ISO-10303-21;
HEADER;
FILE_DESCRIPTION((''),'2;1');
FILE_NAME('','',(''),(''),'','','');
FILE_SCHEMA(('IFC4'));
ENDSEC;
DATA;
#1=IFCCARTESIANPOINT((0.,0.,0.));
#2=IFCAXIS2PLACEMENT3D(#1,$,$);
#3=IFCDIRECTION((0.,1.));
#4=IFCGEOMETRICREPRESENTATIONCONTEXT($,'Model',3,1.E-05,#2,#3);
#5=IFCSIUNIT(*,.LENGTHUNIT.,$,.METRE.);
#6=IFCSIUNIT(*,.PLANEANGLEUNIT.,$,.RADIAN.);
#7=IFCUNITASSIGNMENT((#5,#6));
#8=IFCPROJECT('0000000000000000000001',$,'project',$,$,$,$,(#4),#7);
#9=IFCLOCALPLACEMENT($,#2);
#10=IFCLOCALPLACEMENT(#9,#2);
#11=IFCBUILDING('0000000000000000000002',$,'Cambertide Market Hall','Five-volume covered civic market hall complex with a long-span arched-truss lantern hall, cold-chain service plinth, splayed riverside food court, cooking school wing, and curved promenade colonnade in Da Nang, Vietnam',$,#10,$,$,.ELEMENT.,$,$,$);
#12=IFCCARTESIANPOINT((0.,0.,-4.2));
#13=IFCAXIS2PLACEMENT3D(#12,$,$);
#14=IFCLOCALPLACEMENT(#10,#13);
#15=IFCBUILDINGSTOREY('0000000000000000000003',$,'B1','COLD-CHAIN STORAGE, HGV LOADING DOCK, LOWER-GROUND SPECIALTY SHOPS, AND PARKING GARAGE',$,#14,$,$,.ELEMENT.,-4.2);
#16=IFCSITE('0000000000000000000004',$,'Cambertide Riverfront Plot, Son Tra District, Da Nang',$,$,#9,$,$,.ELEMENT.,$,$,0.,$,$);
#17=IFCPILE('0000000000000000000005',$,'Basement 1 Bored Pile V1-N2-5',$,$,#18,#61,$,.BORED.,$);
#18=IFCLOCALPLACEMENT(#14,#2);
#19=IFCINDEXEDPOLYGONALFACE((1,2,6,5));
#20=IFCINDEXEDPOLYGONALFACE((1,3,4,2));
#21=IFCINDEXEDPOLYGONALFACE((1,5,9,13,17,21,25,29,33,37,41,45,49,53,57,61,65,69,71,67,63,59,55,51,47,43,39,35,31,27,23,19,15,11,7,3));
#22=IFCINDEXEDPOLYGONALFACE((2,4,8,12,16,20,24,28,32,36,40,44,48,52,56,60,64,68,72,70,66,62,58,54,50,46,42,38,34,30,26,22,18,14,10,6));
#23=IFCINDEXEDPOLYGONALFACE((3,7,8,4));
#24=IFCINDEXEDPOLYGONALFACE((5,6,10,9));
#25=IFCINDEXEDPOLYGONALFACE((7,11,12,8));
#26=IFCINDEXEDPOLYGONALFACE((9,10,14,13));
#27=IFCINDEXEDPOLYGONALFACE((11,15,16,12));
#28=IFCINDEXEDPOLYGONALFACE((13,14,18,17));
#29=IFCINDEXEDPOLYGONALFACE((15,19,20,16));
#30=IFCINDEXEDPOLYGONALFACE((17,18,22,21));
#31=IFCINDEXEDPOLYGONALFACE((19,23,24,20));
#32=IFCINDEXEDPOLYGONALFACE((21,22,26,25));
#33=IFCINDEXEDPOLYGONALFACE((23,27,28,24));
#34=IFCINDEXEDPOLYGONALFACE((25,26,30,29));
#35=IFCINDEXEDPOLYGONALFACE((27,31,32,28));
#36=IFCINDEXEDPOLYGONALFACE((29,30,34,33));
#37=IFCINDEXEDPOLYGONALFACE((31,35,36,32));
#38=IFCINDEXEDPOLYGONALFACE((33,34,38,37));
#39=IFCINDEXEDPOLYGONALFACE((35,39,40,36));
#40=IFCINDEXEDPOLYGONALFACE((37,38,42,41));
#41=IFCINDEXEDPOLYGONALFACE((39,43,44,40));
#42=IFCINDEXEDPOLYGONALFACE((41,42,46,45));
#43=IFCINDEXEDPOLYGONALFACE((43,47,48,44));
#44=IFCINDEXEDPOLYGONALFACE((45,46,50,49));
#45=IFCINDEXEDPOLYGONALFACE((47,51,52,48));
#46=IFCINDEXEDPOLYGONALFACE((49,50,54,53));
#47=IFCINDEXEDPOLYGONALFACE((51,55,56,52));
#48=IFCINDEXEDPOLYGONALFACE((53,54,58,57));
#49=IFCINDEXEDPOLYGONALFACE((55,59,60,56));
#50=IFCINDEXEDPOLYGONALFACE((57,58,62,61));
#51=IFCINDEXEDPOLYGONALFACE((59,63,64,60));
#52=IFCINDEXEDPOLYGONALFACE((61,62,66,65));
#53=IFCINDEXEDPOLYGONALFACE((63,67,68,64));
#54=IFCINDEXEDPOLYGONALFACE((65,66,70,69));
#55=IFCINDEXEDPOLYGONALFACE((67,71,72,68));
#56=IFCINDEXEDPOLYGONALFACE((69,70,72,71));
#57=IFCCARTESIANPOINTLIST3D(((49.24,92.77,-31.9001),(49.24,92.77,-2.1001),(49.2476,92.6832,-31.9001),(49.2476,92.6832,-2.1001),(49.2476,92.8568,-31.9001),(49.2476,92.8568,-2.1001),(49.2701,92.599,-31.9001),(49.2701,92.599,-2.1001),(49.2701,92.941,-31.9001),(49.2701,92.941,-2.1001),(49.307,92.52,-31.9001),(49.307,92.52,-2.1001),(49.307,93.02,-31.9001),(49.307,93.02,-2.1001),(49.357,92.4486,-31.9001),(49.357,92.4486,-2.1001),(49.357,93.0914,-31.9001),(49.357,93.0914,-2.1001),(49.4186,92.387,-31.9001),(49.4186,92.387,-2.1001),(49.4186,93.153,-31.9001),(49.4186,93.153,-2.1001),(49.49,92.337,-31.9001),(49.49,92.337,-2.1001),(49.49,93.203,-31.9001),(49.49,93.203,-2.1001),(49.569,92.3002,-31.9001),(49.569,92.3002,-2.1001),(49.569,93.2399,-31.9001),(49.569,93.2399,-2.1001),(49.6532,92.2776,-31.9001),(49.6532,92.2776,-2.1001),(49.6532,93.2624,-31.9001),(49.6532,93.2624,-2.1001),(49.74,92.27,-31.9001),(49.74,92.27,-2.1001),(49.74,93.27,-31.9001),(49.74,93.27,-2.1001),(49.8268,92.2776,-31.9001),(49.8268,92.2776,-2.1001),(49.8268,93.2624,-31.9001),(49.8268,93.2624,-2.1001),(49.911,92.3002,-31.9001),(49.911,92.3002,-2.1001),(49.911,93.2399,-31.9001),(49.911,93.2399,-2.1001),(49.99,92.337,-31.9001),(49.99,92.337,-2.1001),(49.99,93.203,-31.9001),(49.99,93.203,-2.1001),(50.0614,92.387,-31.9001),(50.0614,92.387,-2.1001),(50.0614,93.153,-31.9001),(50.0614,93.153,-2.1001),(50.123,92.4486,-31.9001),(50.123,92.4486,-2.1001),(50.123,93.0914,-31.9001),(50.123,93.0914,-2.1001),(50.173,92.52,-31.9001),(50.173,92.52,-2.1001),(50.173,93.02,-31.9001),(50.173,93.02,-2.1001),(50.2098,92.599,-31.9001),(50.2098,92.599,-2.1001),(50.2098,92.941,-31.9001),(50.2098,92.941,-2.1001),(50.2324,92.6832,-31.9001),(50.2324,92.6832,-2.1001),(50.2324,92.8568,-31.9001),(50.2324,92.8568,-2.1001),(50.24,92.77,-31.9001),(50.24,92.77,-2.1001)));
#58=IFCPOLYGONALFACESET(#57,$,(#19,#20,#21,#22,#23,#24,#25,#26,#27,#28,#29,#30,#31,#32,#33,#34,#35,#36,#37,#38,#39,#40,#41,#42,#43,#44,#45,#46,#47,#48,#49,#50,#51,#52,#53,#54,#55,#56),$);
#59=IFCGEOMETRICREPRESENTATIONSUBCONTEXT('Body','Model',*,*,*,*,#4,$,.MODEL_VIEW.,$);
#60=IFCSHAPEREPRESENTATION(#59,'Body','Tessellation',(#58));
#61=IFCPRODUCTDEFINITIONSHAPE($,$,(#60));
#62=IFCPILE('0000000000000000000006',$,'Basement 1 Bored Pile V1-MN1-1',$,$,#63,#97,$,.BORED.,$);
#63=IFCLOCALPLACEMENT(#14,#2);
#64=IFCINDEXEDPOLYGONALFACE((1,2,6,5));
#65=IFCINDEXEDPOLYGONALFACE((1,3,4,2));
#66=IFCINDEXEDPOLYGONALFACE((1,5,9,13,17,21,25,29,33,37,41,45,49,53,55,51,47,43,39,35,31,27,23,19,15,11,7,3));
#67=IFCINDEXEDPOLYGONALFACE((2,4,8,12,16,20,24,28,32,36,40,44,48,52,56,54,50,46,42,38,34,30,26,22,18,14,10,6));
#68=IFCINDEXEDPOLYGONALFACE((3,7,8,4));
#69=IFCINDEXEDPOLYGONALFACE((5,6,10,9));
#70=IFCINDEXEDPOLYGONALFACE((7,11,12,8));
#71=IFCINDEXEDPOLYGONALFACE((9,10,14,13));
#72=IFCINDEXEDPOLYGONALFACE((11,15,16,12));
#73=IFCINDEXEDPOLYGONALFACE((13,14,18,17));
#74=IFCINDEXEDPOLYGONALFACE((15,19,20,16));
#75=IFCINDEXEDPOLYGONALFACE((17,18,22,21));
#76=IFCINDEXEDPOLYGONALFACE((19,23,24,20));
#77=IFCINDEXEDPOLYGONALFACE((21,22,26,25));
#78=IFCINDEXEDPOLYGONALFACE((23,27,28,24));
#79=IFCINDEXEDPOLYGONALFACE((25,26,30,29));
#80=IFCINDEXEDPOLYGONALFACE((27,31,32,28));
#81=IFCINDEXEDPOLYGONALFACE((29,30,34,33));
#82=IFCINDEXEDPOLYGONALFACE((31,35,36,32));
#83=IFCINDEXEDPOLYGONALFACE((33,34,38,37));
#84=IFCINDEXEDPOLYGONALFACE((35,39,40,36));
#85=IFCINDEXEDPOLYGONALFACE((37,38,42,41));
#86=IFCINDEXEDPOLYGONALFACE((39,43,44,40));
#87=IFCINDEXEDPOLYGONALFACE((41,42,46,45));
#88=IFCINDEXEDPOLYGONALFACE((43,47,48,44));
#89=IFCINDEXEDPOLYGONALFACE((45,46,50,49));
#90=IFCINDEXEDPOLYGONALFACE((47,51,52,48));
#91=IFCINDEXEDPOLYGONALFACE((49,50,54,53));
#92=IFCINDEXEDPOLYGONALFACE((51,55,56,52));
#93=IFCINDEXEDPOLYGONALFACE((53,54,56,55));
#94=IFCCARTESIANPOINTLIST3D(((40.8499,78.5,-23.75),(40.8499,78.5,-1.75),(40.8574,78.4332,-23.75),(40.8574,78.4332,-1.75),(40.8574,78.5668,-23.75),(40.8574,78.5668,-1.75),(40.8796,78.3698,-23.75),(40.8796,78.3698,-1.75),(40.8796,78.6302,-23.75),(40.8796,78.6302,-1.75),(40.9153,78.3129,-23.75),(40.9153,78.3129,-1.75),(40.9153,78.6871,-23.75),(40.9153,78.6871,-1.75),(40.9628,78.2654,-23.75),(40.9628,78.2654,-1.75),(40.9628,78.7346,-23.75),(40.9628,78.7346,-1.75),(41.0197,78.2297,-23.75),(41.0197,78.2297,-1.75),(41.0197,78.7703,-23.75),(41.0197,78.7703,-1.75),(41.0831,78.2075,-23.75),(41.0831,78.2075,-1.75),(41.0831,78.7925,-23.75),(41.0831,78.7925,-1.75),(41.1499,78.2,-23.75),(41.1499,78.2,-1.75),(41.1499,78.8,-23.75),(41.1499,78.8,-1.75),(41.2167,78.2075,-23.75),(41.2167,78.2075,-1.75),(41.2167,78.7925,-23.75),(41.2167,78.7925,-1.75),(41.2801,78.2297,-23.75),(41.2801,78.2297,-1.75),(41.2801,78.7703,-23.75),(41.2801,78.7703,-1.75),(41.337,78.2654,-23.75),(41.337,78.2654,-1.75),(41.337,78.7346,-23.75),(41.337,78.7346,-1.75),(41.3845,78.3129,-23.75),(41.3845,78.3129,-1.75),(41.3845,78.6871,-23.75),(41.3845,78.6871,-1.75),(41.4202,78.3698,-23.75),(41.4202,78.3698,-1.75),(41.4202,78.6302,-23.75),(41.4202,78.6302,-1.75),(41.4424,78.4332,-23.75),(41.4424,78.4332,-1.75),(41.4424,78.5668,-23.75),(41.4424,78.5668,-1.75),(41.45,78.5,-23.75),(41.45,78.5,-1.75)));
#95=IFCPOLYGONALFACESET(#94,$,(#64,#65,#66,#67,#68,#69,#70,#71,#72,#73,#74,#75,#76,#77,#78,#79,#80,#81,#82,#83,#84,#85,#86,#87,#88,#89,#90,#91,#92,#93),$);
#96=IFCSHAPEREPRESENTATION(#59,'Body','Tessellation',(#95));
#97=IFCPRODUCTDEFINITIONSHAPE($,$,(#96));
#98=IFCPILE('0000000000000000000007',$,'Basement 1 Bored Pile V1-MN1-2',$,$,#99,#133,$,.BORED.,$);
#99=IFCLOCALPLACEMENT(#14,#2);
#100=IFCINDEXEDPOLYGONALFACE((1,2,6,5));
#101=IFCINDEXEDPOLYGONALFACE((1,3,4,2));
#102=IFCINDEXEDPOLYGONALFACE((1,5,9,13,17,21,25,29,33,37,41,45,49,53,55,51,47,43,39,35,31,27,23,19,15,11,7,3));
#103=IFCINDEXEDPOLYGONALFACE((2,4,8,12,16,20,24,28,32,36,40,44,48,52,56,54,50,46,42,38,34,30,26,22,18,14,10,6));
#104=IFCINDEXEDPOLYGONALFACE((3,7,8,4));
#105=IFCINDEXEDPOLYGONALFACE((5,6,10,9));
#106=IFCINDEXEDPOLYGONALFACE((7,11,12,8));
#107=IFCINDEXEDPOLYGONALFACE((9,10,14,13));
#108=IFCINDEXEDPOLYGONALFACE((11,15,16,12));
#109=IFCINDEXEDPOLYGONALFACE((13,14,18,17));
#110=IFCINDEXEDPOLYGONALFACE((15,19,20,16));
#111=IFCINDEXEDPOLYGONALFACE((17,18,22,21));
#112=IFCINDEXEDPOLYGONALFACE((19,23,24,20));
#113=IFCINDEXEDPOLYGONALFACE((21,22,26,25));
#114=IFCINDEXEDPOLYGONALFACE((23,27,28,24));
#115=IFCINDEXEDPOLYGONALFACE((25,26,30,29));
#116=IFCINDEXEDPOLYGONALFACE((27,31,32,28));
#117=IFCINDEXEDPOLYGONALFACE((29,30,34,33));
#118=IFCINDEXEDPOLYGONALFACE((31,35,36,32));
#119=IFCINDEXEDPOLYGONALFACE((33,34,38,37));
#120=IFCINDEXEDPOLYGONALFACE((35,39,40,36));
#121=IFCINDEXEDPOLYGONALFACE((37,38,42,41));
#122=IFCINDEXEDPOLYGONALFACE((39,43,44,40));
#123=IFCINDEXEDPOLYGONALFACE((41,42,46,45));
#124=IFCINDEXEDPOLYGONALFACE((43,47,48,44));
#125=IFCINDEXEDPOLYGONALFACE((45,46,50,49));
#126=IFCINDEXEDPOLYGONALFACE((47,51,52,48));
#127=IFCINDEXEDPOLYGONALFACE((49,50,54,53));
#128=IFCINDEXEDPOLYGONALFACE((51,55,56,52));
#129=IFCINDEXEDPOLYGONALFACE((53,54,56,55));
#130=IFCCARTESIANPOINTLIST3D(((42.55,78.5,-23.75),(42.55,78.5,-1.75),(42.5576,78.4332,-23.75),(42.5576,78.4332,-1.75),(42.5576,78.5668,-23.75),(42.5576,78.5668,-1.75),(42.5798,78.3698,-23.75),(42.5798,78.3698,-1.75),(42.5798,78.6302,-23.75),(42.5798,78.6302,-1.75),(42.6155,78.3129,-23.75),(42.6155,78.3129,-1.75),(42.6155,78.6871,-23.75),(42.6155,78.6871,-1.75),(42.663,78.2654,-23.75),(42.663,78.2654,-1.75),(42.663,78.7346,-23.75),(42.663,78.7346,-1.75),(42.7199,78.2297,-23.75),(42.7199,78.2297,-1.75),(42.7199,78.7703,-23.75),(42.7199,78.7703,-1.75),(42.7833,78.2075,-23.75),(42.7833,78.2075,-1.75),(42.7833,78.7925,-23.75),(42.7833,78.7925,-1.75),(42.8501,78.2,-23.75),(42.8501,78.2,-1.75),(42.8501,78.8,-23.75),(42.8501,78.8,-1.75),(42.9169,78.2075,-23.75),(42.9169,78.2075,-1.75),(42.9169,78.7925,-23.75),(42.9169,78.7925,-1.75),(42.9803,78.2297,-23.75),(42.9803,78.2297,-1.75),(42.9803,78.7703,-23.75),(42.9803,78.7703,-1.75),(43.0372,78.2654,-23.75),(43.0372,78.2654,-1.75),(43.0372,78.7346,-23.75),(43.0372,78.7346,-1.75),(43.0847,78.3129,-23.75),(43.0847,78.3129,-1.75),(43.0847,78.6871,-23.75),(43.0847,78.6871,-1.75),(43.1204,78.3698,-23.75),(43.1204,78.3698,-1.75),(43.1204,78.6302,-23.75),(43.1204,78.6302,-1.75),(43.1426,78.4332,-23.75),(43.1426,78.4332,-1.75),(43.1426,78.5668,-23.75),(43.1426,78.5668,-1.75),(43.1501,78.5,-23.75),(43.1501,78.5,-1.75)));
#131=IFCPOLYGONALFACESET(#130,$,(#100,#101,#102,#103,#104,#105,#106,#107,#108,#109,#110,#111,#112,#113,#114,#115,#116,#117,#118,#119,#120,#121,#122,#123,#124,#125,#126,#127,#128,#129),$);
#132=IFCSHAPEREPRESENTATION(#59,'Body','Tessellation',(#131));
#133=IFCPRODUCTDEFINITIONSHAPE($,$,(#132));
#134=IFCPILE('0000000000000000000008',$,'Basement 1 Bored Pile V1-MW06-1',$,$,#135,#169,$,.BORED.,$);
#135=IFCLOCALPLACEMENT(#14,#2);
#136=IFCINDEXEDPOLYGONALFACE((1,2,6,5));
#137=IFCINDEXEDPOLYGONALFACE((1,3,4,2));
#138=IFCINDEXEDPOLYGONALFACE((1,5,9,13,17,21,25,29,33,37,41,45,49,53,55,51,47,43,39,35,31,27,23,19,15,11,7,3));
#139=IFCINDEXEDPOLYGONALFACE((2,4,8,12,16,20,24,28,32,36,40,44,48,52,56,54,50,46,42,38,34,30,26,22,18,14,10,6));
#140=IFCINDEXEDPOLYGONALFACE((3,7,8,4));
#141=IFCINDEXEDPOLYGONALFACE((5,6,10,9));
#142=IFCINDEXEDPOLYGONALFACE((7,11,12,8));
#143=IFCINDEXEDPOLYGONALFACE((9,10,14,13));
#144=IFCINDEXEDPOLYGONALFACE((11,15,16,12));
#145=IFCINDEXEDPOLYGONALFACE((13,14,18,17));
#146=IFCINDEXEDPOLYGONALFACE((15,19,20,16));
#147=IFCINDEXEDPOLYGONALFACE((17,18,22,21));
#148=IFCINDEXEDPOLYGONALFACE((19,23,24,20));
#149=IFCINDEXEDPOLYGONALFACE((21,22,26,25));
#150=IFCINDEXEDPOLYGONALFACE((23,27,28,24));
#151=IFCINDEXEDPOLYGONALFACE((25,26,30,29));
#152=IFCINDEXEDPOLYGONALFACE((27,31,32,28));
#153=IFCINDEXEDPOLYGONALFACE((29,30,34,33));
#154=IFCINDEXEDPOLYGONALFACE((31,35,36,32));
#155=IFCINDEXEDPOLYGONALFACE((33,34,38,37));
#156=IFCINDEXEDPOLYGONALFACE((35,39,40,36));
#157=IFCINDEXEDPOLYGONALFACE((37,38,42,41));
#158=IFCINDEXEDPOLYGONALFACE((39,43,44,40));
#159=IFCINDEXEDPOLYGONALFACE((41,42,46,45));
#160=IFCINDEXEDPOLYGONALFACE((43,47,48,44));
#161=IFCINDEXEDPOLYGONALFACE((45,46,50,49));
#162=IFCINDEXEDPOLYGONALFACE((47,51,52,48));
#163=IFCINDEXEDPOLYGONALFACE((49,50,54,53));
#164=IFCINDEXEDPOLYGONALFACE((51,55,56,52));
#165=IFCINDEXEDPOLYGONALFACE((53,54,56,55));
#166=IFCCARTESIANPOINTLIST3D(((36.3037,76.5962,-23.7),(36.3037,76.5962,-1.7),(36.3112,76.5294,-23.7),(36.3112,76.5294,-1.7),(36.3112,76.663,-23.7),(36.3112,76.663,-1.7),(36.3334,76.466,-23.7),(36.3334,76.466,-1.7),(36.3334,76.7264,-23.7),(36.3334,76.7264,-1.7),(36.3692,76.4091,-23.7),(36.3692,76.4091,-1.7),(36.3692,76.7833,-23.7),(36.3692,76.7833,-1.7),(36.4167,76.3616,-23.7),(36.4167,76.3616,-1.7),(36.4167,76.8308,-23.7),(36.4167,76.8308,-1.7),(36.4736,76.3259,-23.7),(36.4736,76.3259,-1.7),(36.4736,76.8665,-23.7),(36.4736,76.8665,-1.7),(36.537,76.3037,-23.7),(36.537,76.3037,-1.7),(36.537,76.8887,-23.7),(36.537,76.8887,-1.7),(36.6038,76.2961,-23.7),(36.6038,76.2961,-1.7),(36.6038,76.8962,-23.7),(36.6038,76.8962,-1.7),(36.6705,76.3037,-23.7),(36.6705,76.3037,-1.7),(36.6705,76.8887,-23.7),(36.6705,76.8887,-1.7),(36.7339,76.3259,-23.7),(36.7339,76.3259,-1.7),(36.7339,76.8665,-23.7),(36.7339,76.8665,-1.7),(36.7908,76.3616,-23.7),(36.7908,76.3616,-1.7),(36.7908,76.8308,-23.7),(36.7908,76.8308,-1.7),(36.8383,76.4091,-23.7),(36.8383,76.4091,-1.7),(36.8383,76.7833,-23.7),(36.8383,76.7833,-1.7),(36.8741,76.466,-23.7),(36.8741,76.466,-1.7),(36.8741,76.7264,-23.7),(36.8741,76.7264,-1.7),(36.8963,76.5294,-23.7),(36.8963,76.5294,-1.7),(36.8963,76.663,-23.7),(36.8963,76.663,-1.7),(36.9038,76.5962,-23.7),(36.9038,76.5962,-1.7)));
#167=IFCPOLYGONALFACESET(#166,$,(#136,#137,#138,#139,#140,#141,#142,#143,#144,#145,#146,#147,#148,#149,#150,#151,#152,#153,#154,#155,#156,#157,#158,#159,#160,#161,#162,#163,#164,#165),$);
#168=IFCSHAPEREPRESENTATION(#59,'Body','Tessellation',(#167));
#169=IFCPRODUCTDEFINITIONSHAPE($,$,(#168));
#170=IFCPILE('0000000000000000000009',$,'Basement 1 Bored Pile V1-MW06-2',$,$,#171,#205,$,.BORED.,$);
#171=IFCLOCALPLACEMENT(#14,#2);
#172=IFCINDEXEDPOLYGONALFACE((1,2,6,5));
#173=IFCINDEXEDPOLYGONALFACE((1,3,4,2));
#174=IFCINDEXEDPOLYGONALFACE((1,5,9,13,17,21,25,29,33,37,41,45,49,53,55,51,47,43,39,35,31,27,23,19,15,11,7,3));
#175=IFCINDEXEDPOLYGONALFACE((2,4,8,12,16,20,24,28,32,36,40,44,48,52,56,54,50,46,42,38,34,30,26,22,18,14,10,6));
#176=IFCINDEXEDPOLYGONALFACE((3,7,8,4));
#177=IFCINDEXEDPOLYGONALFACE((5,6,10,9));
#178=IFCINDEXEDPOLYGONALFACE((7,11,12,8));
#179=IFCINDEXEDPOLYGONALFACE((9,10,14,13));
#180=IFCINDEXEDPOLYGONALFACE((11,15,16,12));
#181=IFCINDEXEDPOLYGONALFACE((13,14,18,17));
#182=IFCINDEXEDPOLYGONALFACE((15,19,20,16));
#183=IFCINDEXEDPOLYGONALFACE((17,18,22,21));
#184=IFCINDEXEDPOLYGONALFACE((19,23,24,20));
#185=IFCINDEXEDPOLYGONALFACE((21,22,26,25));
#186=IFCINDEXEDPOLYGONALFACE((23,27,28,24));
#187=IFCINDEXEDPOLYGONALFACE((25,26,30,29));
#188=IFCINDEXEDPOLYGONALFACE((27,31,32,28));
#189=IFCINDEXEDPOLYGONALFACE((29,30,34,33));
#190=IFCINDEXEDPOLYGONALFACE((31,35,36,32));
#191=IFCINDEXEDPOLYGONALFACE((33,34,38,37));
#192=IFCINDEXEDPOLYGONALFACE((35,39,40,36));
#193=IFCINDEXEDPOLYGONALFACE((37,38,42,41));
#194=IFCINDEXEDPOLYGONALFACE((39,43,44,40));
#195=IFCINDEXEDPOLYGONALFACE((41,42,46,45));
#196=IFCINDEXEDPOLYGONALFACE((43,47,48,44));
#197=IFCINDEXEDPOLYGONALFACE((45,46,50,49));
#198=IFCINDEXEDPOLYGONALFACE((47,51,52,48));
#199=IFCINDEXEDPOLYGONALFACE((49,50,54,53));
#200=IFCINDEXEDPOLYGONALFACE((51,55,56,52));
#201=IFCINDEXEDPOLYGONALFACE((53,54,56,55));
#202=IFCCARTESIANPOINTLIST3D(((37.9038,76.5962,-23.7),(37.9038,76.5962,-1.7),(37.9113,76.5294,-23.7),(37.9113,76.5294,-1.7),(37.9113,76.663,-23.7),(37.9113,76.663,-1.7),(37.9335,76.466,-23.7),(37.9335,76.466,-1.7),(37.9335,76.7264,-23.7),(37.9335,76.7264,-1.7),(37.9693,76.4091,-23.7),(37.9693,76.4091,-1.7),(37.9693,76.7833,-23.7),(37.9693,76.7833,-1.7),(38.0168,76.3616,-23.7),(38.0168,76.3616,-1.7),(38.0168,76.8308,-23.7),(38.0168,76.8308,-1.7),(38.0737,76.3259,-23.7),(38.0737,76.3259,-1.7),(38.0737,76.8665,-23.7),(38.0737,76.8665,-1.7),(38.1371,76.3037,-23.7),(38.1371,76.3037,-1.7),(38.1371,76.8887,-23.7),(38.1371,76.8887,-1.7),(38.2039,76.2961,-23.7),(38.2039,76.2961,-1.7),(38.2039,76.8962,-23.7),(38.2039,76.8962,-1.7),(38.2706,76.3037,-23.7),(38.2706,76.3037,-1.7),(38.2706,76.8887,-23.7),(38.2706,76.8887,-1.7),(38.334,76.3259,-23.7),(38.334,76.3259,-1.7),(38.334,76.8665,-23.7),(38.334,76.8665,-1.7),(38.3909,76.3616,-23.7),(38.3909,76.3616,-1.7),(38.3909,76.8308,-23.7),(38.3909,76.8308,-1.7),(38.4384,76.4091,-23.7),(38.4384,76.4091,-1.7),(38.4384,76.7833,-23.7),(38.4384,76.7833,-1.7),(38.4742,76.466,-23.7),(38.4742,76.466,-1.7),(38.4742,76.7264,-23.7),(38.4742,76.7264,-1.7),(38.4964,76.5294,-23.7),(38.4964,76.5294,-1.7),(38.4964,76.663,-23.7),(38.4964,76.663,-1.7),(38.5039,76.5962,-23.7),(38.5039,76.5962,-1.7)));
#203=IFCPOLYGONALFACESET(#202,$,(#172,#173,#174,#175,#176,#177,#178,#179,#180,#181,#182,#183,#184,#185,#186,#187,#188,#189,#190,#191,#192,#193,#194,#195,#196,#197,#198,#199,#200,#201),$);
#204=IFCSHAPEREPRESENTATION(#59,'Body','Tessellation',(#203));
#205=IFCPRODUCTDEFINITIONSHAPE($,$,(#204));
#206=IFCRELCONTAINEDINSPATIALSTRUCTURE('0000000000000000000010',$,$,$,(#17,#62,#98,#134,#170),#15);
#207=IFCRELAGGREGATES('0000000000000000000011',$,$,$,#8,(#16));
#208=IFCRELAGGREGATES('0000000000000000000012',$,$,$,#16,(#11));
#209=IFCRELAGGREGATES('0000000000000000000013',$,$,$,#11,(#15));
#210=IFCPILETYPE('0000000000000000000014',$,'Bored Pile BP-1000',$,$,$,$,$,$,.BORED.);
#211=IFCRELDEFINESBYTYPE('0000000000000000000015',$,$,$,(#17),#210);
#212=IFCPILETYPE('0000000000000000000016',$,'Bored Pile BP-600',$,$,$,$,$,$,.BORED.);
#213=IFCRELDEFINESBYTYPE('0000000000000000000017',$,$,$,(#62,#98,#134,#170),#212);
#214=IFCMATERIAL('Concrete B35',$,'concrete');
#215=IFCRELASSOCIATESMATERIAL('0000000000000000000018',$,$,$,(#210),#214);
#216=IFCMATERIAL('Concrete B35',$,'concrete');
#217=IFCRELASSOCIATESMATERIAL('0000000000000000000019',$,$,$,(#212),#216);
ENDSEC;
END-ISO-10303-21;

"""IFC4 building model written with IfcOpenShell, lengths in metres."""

from ifc_helpers import new_model, si_unit, direction, frame, origin, origin_2d, place, context, subcontext, project, spatial, circle, extrude, material, material_profile, profile_set, type_object, element, save


model = new_model("IFC4")

# Units and contexts
model_context = context("Model", 3, precision=1e-05, world=origin(), true_north=direction((0.0, 1.0)))
body_context = subcontext(model_context, "Body", "Model", "MODEL_VIEW")
ifc_project = project(units=[si_unit("LENGTHUNIT", "METRE"), si_unit("PLANEANGLEUNIT", "RADIAN")], contexts=[model_context])

# Site, building, storey
site_placement = place(None, origin())
site = spatial("IfcSite", under=ifc_project, at=site_placement, Name="Cambertide Riverfront Plot, Son Tra District, Da Nang", CompositionType="ELEMENT", RefElevation=0.0)
building_placement = place(site_placement, origin())
building = spatial("IfcBuilding", under=site, at=building_placement, Name="Cambertide Market Hall", Description="Five-volume covered civic market hall complex with a long-span arched-truss lantern hall, cold-chain service plinth, splayed riverside food court, cooking school wing, and curved promenade colonnade in Da Nang, Vietnam", CompositionType="ELEMENT")
storey_placement = place(building_placement, frame((0.0, 0.0, -4.2)))
storey = spatial("IfcBuildingStorey", under=building, at=storey_placement, Name="B1", Description="COLD-CHAIN STORAGE, HGV LOADING DOCK, LOWER-GROUND SPECIALTY SHOPS, AND PARKING GARAGE", CompositionType="ELEMENT", Elevation=-4.2)

# Piles
ifc_material_1 = material(Name="Concrete B35", Category="concrete")
ifc_material_profile_1 = material_profile(ifc_material_1, circle(Radius=0.5, at=origin_2d()), Name="BP D1000")
ifc_profile_set_1 = profile_set([ifc_material_profile_1], Name="Concrete B35")
pile_type_1 = type_object("IfcPileType", Name="Bored Pile BP-1000", PredefinedType="BORED", material=ifc_profile_set_1)
for number, where, z_axis, x_axis, name in (
    (1, (49.74, 92.77, -2.1001), (0.0, 0.0, -1.0), (1.0, 0.0, 0.0), "Basement 1 Bored Pile V1-N2-5"),
):
    element("IfcPile", number, at=place(storey_placement, frame(where, z_axis=z_axis, x_axis=x_axis)), inside=storey, type_object=pile_type_1, Name=name, PredefinedType="BORED", context=body_context, shape_type="SweptSolid", body=[
        extrude(circle(Radius=0.5, at=origin_2d()), origin(), (0.0, 0.0, 1.0), 29.8),
    ])
ifc_material_2 = material(Name="Concrete B35", Category="concrete")
ifc_material_profile_2 = material_profile(ifc_material_2, circle(Radius=0.3, at=origin_2d()), Name="BP D600")
ifc_profile_set_2 = profile_set([ifc_material_profile_2], Name="Concrete B35")
pile_type_2 = type_object("IfcPileType", Name="Bored Pile BP-600", PredefinedType="BORED", material=ifc_profile_set_2)
for number, where, z_axis, x_axis, name in (
    (2, (41.1499, 78.5, -1.75), (0.0, 0.0, -1.0), (1.0, 0.0, 0.0), "Basement 1 Bored Pile V1-MN1-1"),
    (3, (42.8501, 78.5, -1.75), (0.0, 0.0, -1.0), (1.0, 0.0, 0.0), "Basement 1 Bored Pile V1-MN1-2"),
    (4, (36.6038, 76.5962, -1.7), (0.0, 0.0, -1.0), (1.0, 0.0, 0.0), "Basement 1 Bored Pile V1-MW06-1"),
    (5, (38.2039, 76.5962, -1.7), (0.0, 0.0, -1.0), (1.0, 0.0, 0.0), "Basement 1 Bored Pile V1-MW06-2"),
):
    element("IfcPile", number, at=place(storey_placement, frame(where, z_axis=z_axis, x_axis=x_axis)), inside=storey, type_object=pile_type_2, Name=name, PredefinedType="BORED", context=body_context, shape_type="SweptSolid", body=[
        extrude(circle(Radius=0.3, at=origin_2d()), origin(), (0.0, 0.0, 1.0), 22.0),
    ])

save(model, "model.ifc")
